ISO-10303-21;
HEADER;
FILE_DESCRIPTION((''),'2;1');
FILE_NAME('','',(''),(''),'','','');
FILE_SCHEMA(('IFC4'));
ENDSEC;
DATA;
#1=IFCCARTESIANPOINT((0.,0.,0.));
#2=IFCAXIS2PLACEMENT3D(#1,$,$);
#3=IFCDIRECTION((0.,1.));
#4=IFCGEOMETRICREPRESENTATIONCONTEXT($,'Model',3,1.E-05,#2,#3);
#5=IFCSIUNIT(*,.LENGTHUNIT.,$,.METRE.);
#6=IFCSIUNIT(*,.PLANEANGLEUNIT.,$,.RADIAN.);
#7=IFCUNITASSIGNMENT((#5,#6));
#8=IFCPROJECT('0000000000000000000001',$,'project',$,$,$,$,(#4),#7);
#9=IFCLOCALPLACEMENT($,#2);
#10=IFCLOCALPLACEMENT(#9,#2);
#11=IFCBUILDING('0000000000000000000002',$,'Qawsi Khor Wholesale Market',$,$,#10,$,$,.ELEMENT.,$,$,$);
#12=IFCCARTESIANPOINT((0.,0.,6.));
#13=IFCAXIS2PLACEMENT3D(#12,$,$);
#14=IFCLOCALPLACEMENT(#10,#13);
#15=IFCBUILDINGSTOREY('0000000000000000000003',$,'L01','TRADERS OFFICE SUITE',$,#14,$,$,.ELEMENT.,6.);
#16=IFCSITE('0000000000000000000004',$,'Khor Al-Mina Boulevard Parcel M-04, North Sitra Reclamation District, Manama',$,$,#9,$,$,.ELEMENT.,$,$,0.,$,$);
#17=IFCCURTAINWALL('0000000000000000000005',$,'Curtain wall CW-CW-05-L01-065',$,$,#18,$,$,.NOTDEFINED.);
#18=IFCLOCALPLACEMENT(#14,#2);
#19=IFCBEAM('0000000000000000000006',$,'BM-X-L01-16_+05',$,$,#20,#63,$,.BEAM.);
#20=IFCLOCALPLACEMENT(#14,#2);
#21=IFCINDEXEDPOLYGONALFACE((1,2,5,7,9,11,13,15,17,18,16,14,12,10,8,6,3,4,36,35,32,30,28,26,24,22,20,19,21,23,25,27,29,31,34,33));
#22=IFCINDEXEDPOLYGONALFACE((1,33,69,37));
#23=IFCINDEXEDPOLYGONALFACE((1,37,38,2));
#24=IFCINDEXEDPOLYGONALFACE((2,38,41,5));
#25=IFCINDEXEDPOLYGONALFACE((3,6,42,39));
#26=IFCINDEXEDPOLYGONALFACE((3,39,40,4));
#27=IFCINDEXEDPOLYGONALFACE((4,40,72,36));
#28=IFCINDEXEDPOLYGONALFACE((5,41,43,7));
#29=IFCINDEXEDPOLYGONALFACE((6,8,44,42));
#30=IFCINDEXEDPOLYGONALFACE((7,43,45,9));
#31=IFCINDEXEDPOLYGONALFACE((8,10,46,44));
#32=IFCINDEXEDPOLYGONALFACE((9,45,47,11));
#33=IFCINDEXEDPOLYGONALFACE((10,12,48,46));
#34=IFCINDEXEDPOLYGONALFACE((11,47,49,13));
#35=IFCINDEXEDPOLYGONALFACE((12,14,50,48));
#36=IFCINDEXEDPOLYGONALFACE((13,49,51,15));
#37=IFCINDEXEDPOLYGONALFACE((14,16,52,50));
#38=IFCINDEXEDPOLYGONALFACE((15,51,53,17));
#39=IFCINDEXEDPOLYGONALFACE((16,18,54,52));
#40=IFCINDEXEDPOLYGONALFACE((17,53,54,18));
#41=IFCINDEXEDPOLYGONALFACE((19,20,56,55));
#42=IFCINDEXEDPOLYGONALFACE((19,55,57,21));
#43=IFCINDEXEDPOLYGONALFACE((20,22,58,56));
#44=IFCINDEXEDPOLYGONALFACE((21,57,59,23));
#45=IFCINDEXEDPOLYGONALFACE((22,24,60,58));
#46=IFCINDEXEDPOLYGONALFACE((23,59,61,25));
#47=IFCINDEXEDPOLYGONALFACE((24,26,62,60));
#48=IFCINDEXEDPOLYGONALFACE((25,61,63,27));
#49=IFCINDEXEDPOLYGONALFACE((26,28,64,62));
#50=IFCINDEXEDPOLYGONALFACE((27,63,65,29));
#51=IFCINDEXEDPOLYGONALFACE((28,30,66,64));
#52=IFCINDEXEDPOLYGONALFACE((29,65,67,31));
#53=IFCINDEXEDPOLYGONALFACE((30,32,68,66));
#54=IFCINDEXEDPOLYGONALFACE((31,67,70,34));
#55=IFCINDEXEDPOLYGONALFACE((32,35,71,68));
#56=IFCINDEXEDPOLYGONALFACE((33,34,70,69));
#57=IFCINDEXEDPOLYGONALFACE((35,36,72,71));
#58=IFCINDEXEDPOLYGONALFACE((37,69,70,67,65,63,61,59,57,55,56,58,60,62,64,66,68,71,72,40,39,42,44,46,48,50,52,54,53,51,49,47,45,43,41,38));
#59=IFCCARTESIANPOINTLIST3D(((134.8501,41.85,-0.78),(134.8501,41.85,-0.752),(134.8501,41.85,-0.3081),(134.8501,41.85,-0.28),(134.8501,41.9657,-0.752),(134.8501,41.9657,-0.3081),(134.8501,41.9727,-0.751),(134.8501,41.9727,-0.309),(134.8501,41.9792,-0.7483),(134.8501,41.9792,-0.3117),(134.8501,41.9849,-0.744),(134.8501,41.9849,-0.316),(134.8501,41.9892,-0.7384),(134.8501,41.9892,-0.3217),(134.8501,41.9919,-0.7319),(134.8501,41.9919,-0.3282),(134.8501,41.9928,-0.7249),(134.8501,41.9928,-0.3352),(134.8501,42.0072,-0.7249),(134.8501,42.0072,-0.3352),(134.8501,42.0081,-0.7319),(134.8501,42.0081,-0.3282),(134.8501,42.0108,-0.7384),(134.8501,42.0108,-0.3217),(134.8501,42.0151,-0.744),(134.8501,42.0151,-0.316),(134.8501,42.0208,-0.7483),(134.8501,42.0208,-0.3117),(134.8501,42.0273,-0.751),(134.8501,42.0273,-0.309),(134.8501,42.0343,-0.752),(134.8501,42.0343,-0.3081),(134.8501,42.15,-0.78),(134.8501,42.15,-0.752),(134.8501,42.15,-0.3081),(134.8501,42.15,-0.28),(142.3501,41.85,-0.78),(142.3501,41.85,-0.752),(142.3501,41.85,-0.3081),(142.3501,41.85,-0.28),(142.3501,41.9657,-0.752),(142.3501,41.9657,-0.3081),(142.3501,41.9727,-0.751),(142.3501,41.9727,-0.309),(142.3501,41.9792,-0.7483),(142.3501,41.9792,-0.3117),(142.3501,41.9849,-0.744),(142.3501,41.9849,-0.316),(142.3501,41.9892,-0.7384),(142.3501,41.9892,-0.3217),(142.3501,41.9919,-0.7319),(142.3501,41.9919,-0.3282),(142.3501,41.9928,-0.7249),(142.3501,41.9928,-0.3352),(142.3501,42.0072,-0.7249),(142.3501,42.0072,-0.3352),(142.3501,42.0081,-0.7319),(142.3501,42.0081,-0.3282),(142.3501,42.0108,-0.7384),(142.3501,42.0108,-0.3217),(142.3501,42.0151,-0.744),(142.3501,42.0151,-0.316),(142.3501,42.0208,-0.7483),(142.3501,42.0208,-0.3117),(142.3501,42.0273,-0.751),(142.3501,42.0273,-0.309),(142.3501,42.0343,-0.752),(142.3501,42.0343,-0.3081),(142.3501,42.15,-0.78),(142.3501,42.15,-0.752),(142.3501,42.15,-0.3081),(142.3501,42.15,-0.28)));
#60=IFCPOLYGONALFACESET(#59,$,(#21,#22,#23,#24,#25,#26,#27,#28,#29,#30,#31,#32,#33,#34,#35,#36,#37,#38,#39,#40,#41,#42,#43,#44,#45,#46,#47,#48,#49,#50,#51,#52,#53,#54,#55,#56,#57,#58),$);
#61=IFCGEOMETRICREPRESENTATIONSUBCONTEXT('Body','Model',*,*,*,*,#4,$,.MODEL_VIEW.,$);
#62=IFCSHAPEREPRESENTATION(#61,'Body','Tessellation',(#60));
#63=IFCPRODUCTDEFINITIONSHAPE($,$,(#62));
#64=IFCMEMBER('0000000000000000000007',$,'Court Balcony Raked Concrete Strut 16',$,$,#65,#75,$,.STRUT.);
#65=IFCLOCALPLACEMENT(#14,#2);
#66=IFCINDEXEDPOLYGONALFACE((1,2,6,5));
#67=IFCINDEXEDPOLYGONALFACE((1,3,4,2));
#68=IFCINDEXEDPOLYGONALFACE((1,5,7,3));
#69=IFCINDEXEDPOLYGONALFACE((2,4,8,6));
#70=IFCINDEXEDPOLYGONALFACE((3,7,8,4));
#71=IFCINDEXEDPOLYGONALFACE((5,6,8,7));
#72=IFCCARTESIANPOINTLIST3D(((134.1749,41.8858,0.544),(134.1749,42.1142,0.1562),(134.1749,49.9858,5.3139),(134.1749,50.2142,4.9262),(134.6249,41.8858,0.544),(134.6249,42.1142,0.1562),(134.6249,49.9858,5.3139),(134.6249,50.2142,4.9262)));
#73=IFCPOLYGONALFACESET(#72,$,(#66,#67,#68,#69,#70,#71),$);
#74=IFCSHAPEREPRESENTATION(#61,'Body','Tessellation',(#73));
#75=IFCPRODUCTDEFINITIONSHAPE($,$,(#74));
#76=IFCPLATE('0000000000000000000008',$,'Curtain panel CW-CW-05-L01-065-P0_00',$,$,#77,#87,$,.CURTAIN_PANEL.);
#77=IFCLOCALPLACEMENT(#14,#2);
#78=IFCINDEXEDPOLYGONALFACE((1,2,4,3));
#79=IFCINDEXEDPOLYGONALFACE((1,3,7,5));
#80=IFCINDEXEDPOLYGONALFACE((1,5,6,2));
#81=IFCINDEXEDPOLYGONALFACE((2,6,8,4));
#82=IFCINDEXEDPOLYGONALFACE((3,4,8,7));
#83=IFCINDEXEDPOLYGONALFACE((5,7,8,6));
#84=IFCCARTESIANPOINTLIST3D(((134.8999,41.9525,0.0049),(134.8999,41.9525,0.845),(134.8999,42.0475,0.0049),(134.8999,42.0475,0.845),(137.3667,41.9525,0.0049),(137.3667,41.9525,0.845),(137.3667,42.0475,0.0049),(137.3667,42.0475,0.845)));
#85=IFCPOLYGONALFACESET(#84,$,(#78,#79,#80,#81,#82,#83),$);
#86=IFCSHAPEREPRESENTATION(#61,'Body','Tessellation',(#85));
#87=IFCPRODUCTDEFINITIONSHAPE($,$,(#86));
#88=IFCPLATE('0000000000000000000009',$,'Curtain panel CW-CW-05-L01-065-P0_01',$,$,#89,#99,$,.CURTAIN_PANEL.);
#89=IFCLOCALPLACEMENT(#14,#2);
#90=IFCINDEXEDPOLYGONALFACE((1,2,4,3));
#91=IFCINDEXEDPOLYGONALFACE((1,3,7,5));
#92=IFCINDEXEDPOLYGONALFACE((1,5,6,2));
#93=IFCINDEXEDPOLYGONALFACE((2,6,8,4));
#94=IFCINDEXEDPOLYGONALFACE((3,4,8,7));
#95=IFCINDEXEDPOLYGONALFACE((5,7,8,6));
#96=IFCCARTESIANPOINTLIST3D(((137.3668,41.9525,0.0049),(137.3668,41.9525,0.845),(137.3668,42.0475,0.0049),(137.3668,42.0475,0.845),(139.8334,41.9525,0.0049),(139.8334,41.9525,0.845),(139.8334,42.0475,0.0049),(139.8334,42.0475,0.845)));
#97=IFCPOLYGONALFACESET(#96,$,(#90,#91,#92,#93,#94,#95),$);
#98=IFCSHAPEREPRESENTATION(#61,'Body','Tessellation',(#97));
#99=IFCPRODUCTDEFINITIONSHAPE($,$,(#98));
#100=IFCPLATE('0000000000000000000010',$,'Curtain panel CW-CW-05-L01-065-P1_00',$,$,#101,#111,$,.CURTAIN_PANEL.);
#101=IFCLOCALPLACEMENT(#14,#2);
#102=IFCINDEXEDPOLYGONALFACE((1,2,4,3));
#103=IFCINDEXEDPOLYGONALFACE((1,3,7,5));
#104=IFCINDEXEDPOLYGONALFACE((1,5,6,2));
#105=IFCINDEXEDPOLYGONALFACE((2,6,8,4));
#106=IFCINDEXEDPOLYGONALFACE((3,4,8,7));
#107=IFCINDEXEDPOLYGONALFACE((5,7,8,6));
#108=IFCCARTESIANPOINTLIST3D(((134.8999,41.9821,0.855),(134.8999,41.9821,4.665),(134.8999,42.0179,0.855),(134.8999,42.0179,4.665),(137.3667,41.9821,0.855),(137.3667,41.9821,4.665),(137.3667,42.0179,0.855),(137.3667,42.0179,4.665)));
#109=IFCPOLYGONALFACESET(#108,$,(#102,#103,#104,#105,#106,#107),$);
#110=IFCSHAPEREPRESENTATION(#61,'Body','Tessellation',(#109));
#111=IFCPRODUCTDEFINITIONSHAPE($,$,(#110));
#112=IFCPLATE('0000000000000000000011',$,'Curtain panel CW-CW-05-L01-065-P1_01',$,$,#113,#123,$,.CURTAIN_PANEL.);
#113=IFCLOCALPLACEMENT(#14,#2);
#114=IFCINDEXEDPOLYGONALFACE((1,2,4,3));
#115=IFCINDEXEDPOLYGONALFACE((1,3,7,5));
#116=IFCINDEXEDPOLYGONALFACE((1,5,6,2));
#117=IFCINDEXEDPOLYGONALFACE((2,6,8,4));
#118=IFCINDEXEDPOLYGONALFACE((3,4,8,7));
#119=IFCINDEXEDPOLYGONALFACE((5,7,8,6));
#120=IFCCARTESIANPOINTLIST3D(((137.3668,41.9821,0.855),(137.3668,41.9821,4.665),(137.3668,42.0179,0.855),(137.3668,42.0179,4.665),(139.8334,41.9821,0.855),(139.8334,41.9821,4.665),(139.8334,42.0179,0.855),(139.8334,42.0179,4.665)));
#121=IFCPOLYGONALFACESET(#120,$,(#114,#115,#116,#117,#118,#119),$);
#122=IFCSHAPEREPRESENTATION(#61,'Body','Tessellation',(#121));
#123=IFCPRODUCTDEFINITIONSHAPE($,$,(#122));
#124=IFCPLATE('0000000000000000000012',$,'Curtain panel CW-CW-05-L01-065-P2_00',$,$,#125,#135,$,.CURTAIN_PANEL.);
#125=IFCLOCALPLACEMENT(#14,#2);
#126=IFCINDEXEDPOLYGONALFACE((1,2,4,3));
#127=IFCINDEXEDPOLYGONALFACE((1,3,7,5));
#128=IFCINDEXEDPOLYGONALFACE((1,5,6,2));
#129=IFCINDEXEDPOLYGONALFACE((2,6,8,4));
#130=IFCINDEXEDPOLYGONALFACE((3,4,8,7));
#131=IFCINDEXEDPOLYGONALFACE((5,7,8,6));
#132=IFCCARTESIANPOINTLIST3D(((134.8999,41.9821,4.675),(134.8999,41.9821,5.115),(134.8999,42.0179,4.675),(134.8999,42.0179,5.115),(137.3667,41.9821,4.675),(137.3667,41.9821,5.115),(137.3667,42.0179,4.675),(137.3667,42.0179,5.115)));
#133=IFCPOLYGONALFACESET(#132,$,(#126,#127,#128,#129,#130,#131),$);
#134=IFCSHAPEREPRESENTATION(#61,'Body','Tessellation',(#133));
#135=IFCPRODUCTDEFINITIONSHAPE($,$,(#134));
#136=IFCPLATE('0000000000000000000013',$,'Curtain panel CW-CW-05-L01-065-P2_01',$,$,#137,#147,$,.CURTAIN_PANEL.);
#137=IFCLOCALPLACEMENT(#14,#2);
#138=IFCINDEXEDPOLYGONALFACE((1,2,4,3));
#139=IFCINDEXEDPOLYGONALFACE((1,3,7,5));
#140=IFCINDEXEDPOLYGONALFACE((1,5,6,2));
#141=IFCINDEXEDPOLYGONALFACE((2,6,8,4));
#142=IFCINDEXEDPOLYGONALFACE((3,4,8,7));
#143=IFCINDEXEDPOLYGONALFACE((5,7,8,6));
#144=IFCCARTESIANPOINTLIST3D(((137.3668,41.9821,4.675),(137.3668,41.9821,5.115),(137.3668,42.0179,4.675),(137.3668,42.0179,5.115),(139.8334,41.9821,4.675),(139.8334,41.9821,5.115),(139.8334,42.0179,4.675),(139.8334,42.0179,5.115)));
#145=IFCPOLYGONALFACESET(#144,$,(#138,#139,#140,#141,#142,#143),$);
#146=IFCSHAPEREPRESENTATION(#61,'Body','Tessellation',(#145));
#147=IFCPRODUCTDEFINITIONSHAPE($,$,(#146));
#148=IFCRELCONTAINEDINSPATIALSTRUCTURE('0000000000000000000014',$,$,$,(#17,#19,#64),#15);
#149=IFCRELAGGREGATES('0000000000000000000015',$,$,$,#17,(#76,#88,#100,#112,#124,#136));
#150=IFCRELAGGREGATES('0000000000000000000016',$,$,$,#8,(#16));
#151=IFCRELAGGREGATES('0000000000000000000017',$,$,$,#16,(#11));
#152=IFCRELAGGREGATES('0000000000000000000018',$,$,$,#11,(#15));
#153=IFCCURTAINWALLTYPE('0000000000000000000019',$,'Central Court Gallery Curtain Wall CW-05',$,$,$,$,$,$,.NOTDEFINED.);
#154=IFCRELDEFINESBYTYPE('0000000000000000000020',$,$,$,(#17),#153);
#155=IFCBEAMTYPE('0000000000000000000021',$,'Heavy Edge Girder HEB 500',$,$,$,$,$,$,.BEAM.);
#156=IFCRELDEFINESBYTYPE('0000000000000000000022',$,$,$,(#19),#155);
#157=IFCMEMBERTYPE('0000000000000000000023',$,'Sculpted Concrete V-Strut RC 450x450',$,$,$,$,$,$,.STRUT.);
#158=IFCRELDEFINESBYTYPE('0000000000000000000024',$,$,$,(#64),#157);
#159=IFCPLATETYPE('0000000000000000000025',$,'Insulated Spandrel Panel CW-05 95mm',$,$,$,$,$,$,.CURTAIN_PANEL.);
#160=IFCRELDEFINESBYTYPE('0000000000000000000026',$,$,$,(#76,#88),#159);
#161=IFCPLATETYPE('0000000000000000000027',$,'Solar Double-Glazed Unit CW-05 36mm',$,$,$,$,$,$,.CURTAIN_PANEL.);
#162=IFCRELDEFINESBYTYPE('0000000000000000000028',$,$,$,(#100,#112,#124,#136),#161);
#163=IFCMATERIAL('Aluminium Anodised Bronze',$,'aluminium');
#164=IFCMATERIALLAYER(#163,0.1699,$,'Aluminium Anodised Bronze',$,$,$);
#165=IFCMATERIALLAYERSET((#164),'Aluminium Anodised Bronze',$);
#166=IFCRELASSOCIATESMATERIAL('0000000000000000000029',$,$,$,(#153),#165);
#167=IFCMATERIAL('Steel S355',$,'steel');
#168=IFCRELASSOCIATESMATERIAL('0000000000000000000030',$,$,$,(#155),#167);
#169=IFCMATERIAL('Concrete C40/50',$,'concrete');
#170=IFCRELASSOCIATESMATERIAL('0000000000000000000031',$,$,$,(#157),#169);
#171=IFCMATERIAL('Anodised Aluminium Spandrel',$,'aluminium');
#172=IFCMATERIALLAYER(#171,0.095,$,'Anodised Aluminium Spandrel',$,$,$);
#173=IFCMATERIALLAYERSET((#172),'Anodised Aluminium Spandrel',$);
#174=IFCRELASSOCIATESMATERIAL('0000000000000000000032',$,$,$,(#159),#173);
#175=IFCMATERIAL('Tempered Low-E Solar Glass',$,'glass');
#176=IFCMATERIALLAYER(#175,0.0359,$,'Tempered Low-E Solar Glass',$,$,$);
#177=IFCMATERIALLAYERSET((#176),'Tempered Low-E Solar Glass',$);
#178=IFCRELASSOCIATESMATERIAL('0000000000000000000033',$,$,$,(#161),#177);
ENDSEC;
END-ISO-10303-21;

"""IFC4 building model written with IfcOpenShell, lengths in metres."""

from ifc_helpers import new_model, si_unit, direction, frame, frame_2d, origin, origin_2d, place, context, subcontext, project, spatial, rectangle, i_section, extrude, material, layer, layer_set, material_profile, profile_set, type_object, element, aggregate, save


model = new_model("IFC4")

# Units and contexts
model_context = context("Model", 3, precision=1e-05, world=origin(), true_north=direction((0.0, 1.0)))
body_context = subcontext(model_context, "Body", "Model", "MODEL_VIEW")
ifc_project = project(units=[si_unit("LENGTHUNIT", "METRE"), si_unit("PLANEANGLEUNIT", "RADIAN")], contexts=[model_context])

# Site, building, storey
site_placement = place(None, origin())
site = spatial("IfcSite", under=ifc_project, at=site_placement, Name="Khor Al-Mina Boulevard Parcel M-04, North Sitra Reclamation District, Manama", CompositionType="ELEMENT", RefElevation=0.0)
building_placement = place(site_placement, origin())
building = spatial("IfcBuilding", under=site, at=building_placement, Name="Qawsi Khor Wholesale Market", CompositionType="ELEMENT")
storey_placement = place(building_placement, frame((0.0, 0.0, 6.0)))
storey = spatial("IfcBuildingStorey", under=building, at=storey_placement, Name="L01", Description="TRADERS OFFICE SUITE", CompositionType="ELEMENT", Elevation=6.0)

# Shared definitions
ifc_material_1 = material(Name="Concrete C40/50", Category="concrete")

# Curtain wall
ifc_material_2 = material(Name="Aluminium Anodised Bronze", Category="aluminium")
ifc_layer_1 = layer(ifc_material_2, 0.1699, Name="Aluminium Anodised Bronze")
ifc_layer_set_1 = layer_set([ifc_layer_1], Name="Aluminium Anodised Bronze")
curtain_wall_type = type_object("IfcCurtainWallType", Name="Central Court Gallery Curtain Wall CW-05", PredefinedType="NOTDEFINED", material=ifc_layer_set_1)
curtain_wall_placement = place(storey_placement, origin())
curtain_wall = element("IfcCurtainWall", 1, at=curtain_wall_placement, inside=storey, type_object=curtain_wall_type, Name="Curtain wall CW-CW-05-L01-065", PredefinedType="NOTDEFINED")

# Beam
ifc_material_3 = material(Name="Steel S355", Category="steel")
ifc_material_profile_1 = material_profile(ifc_material_3, i_section(OverallWidth=0.3, OverallDepth=0.5, WebThickness=0.0144, FlangeThickness=0.0281, FilletRadius=0.0271, at=origin_2d()), Name="HEB 500")
ifc_profile_set_1 = profile_set([ifc_material_profile_1], Name="Steel S355")
beam_type = type_object("IfcBeamType", Name="Heavy Edge Girder HEB 500", PredefinedType="BEAM", material=ifc_profile_set_1)
beam_placement = place(storey_placement, frame((134.8501, 42.0, -0.53), z_axis=(1.0, 0.0, 0.0), x_axis=(0.0, 1.0, 0.0)))
element("IfcBeam", 2, at=beam_placement, inside=storey, type_object=beam_type, Name="BM-X-L01-16_+05", PredefinedType="BEAM", context=body_context, shape_type="SweptSolid", body=[
    extrude(i_section(OverallWidth=0.3, OverallDepth=0.5, WebThickness=0.0144, FlangeThickness=0.0281, FilletRadius=0.0271, at=origin_2d()), origin(), (0.0, 0.0, 1.0), 7.5),
])

# Member
ifc_material_profile_2 = material_profile(ifc_material_1, rectangle(XDim=0.45, YDim=0.45, at=origin_2d()), Name="RC 450x450")
ifc_profile_set_2 = profile_set([ifc_material_profile_2], Name="Concrete C40/50")
member_type_1 = type_object("IfcMemberType", Name="Sculpted Concrete V-Strut RC 450x450", PredefinedType="STRUT", material=ifc_profile_set_2)
member_1_placement = place(storey_placement, frame((134.3999, 42.0, 0.3501), z_axis=(0.0, 0.86169, 0.507435), x_axis=(-1.0, 0.0, 0.0)))
element("IfcMember", 3, at=member_1_placement, inside=storey, type_object=member_type_1, Name="Court Balcony Raked Concrete Strut 16", PredefinedType="STRUT", context=body_context, shape_type="SweptSolid", body=[
    extrude(rectangle(XDim=0.45, YDim=0.45, at=origin_2d()), origin(), (0.0, 0.0, 1.0), 9.4001),
])

# Plates
ifc_material_4 = material(Name="Anodised Aluminium Spandrel", Category="aluminium")
ifc_layer_2 = layer(ifc_material_4, 0.095, Name="Anodised Aluminium Spandrel")
ifc_layer_set_2 = layer_set([ifc_layer_2], Name="Anodised Aluminium Spandrel")
plate_type_1 = type_object("IfcPlateType", Name="Insulated Spandrel Panel CW-05 95mm", PredefinedType="CURTAIN_PANEL", material=ifc_layer_set_2)
plate_1_placement = place(storey_placement, frame((134.8999, 42.0, 0.0049), z_axis=(0.0, 0.0, 1.0), x_axis=(1.0, 0.0, 0.0)))
plate_1 = element("IfcPlate", 4, at=plate_1_placement, type_object=plate_type_1, Name="Curtain panel CW-CW-05-L01-065-P0_00", PredefinedType="CURTAIN_PANEL", context=body_context, shape_type="SweptSolid", body=[
    extrude(rectangle(XDim=2.4668, YDim=0.095, at=frame_2d((1.2334, 0.0))), origin(), (0.0, 0.0, 1.0), 0.8401),
])
plate_2_placement = place(storey_placement, frame((137.3667, 42.0, 0.0049), z_axis=(0.0, 0.0, 1.0), x_axis=(1.0, 0.0, 0.0)))
plate_2 = element("IfcPlate", 5, at=plate_2_placement, type_object=plate_type_1, Name="Curtain panel CW-CW-05-L01-065-P0_01", PredefinedType="CURTAIN_PANEL", context=body_context, shape_type="SweptSolid", body=[
    extrude(rectangle(XDim=2.4666, YDim=0.095, at=frame_2d((1.2334, 0.0))), origin(), (0.0, 0.0, 1.0), 0.8401),
])
ifc_material_5 = material(Name="Tempered Low-E Solar Glass", Category="glass")
ifc_layer_3 = layer(ifc_material_5, 0.0359, Name="Tempered Low-E Solar Glass")
ifc_layer_set_3 = layer_set([ifc_layer_3], Name="Tempered Low-E Solar Glass")
plate_type_2 = type_object("IfcPlateType", Name="Solar Double-Glazed Unit CW-05 36mm", PredefinedType="CURTAIN_PANEL", material=ifc_layer_set_3)
plate_3_placement = place(storey_placement, frame((134.8999, 42.0, 0.855), z_axis=(0.0, 0.0, 1.0), x_axis=(1.0, 0.0, 0.0)))
plate_3 = element("IfcPlate", 6, at=plate_3_placement, type_object=plate_type_2, Name="Curtain panel CW-CW-05-L01-065-P1_00", PredefinedType="CURTAIN_PANEL", context=body_context, shape_type="SweptSolid", body=[
    extrude(rectangle(XDim=2.4668, YDim=0.0359, at=frame_2d((1.2334, 0.0))), origin(), (0.0, 0.0, 1.0), 3.8101),
])
plate_4_placement = place(storey_placement, frame((137.3667, 42.0, 0.855), z_axis=(0.0, 0.0, 1.0), x_axis=(1.0, 0.0, 0.0)))
plate_4 = element("IfcPlate", 7, at=plate_4_placement, type_object=plate_type_2, Name="Curtain panel CW-CW-05-L01-065-P1_01", PredefinedType="CURTAIN_PANEL", context=body_context, shape_type="SweptSolid", body=[
    extrude(rectangle(XDim=2.4666, YDim=0.0359, at=frame_2d((1.2334, 0.0))), origin(), (0.0, 0.0, 1.0), 3.8101),
])
plate_5_placement = place(storey_placement, frame((134.8999, 42.0, 4.675), z_axis=(0.0, 0.0, 1.0), x_axis=(1.0, 0.0, 0.0)))
plate_5 = element("IfcPlate", 8, at=plate_5_placement, type_object=plate_type_2, Name="Curtain panel CW-CW-05-L01-065-P2_00", PredefinedType="CURTAIN_PANEL", context=body_context, shape_type="SweptSolid", body=[
    extrude(rectangle(XDim=2.4668, YDim=0.0359, at=frame_2d((1.2334, 0.0))), origin(), (0.0, 0.0, 1.0), 0.4399),
])
plate_6_placement = place(storey_placement, frame((137.3667, 42.0, 4.675), z_axis=(0.0, 0.0, 1.0), x_axis=(1.0, 0.0, 0.0)))
plate_6 = element("IfcPlate", 9, at=plate_6_placement, type_object=plate_type_2, Name="Curtain panel CW-CW-05-L01-065-P2_01", PredefinedType="CURTAIN_PANEL", context=body_context, shape_type="SweptSolid", body=[
    extrude(rectangle(XDim=2.4666, YDim=0.0359, at=frame_2d((1.2334, 0.0))), origin(), (0.0, 0.0, 1.0), 0.4399),
])
aggregate(curtain_wall, [plate_1, plate_2, plate_3, plate_4, plate_5, plate_6])

save(model, "model.ifc")
